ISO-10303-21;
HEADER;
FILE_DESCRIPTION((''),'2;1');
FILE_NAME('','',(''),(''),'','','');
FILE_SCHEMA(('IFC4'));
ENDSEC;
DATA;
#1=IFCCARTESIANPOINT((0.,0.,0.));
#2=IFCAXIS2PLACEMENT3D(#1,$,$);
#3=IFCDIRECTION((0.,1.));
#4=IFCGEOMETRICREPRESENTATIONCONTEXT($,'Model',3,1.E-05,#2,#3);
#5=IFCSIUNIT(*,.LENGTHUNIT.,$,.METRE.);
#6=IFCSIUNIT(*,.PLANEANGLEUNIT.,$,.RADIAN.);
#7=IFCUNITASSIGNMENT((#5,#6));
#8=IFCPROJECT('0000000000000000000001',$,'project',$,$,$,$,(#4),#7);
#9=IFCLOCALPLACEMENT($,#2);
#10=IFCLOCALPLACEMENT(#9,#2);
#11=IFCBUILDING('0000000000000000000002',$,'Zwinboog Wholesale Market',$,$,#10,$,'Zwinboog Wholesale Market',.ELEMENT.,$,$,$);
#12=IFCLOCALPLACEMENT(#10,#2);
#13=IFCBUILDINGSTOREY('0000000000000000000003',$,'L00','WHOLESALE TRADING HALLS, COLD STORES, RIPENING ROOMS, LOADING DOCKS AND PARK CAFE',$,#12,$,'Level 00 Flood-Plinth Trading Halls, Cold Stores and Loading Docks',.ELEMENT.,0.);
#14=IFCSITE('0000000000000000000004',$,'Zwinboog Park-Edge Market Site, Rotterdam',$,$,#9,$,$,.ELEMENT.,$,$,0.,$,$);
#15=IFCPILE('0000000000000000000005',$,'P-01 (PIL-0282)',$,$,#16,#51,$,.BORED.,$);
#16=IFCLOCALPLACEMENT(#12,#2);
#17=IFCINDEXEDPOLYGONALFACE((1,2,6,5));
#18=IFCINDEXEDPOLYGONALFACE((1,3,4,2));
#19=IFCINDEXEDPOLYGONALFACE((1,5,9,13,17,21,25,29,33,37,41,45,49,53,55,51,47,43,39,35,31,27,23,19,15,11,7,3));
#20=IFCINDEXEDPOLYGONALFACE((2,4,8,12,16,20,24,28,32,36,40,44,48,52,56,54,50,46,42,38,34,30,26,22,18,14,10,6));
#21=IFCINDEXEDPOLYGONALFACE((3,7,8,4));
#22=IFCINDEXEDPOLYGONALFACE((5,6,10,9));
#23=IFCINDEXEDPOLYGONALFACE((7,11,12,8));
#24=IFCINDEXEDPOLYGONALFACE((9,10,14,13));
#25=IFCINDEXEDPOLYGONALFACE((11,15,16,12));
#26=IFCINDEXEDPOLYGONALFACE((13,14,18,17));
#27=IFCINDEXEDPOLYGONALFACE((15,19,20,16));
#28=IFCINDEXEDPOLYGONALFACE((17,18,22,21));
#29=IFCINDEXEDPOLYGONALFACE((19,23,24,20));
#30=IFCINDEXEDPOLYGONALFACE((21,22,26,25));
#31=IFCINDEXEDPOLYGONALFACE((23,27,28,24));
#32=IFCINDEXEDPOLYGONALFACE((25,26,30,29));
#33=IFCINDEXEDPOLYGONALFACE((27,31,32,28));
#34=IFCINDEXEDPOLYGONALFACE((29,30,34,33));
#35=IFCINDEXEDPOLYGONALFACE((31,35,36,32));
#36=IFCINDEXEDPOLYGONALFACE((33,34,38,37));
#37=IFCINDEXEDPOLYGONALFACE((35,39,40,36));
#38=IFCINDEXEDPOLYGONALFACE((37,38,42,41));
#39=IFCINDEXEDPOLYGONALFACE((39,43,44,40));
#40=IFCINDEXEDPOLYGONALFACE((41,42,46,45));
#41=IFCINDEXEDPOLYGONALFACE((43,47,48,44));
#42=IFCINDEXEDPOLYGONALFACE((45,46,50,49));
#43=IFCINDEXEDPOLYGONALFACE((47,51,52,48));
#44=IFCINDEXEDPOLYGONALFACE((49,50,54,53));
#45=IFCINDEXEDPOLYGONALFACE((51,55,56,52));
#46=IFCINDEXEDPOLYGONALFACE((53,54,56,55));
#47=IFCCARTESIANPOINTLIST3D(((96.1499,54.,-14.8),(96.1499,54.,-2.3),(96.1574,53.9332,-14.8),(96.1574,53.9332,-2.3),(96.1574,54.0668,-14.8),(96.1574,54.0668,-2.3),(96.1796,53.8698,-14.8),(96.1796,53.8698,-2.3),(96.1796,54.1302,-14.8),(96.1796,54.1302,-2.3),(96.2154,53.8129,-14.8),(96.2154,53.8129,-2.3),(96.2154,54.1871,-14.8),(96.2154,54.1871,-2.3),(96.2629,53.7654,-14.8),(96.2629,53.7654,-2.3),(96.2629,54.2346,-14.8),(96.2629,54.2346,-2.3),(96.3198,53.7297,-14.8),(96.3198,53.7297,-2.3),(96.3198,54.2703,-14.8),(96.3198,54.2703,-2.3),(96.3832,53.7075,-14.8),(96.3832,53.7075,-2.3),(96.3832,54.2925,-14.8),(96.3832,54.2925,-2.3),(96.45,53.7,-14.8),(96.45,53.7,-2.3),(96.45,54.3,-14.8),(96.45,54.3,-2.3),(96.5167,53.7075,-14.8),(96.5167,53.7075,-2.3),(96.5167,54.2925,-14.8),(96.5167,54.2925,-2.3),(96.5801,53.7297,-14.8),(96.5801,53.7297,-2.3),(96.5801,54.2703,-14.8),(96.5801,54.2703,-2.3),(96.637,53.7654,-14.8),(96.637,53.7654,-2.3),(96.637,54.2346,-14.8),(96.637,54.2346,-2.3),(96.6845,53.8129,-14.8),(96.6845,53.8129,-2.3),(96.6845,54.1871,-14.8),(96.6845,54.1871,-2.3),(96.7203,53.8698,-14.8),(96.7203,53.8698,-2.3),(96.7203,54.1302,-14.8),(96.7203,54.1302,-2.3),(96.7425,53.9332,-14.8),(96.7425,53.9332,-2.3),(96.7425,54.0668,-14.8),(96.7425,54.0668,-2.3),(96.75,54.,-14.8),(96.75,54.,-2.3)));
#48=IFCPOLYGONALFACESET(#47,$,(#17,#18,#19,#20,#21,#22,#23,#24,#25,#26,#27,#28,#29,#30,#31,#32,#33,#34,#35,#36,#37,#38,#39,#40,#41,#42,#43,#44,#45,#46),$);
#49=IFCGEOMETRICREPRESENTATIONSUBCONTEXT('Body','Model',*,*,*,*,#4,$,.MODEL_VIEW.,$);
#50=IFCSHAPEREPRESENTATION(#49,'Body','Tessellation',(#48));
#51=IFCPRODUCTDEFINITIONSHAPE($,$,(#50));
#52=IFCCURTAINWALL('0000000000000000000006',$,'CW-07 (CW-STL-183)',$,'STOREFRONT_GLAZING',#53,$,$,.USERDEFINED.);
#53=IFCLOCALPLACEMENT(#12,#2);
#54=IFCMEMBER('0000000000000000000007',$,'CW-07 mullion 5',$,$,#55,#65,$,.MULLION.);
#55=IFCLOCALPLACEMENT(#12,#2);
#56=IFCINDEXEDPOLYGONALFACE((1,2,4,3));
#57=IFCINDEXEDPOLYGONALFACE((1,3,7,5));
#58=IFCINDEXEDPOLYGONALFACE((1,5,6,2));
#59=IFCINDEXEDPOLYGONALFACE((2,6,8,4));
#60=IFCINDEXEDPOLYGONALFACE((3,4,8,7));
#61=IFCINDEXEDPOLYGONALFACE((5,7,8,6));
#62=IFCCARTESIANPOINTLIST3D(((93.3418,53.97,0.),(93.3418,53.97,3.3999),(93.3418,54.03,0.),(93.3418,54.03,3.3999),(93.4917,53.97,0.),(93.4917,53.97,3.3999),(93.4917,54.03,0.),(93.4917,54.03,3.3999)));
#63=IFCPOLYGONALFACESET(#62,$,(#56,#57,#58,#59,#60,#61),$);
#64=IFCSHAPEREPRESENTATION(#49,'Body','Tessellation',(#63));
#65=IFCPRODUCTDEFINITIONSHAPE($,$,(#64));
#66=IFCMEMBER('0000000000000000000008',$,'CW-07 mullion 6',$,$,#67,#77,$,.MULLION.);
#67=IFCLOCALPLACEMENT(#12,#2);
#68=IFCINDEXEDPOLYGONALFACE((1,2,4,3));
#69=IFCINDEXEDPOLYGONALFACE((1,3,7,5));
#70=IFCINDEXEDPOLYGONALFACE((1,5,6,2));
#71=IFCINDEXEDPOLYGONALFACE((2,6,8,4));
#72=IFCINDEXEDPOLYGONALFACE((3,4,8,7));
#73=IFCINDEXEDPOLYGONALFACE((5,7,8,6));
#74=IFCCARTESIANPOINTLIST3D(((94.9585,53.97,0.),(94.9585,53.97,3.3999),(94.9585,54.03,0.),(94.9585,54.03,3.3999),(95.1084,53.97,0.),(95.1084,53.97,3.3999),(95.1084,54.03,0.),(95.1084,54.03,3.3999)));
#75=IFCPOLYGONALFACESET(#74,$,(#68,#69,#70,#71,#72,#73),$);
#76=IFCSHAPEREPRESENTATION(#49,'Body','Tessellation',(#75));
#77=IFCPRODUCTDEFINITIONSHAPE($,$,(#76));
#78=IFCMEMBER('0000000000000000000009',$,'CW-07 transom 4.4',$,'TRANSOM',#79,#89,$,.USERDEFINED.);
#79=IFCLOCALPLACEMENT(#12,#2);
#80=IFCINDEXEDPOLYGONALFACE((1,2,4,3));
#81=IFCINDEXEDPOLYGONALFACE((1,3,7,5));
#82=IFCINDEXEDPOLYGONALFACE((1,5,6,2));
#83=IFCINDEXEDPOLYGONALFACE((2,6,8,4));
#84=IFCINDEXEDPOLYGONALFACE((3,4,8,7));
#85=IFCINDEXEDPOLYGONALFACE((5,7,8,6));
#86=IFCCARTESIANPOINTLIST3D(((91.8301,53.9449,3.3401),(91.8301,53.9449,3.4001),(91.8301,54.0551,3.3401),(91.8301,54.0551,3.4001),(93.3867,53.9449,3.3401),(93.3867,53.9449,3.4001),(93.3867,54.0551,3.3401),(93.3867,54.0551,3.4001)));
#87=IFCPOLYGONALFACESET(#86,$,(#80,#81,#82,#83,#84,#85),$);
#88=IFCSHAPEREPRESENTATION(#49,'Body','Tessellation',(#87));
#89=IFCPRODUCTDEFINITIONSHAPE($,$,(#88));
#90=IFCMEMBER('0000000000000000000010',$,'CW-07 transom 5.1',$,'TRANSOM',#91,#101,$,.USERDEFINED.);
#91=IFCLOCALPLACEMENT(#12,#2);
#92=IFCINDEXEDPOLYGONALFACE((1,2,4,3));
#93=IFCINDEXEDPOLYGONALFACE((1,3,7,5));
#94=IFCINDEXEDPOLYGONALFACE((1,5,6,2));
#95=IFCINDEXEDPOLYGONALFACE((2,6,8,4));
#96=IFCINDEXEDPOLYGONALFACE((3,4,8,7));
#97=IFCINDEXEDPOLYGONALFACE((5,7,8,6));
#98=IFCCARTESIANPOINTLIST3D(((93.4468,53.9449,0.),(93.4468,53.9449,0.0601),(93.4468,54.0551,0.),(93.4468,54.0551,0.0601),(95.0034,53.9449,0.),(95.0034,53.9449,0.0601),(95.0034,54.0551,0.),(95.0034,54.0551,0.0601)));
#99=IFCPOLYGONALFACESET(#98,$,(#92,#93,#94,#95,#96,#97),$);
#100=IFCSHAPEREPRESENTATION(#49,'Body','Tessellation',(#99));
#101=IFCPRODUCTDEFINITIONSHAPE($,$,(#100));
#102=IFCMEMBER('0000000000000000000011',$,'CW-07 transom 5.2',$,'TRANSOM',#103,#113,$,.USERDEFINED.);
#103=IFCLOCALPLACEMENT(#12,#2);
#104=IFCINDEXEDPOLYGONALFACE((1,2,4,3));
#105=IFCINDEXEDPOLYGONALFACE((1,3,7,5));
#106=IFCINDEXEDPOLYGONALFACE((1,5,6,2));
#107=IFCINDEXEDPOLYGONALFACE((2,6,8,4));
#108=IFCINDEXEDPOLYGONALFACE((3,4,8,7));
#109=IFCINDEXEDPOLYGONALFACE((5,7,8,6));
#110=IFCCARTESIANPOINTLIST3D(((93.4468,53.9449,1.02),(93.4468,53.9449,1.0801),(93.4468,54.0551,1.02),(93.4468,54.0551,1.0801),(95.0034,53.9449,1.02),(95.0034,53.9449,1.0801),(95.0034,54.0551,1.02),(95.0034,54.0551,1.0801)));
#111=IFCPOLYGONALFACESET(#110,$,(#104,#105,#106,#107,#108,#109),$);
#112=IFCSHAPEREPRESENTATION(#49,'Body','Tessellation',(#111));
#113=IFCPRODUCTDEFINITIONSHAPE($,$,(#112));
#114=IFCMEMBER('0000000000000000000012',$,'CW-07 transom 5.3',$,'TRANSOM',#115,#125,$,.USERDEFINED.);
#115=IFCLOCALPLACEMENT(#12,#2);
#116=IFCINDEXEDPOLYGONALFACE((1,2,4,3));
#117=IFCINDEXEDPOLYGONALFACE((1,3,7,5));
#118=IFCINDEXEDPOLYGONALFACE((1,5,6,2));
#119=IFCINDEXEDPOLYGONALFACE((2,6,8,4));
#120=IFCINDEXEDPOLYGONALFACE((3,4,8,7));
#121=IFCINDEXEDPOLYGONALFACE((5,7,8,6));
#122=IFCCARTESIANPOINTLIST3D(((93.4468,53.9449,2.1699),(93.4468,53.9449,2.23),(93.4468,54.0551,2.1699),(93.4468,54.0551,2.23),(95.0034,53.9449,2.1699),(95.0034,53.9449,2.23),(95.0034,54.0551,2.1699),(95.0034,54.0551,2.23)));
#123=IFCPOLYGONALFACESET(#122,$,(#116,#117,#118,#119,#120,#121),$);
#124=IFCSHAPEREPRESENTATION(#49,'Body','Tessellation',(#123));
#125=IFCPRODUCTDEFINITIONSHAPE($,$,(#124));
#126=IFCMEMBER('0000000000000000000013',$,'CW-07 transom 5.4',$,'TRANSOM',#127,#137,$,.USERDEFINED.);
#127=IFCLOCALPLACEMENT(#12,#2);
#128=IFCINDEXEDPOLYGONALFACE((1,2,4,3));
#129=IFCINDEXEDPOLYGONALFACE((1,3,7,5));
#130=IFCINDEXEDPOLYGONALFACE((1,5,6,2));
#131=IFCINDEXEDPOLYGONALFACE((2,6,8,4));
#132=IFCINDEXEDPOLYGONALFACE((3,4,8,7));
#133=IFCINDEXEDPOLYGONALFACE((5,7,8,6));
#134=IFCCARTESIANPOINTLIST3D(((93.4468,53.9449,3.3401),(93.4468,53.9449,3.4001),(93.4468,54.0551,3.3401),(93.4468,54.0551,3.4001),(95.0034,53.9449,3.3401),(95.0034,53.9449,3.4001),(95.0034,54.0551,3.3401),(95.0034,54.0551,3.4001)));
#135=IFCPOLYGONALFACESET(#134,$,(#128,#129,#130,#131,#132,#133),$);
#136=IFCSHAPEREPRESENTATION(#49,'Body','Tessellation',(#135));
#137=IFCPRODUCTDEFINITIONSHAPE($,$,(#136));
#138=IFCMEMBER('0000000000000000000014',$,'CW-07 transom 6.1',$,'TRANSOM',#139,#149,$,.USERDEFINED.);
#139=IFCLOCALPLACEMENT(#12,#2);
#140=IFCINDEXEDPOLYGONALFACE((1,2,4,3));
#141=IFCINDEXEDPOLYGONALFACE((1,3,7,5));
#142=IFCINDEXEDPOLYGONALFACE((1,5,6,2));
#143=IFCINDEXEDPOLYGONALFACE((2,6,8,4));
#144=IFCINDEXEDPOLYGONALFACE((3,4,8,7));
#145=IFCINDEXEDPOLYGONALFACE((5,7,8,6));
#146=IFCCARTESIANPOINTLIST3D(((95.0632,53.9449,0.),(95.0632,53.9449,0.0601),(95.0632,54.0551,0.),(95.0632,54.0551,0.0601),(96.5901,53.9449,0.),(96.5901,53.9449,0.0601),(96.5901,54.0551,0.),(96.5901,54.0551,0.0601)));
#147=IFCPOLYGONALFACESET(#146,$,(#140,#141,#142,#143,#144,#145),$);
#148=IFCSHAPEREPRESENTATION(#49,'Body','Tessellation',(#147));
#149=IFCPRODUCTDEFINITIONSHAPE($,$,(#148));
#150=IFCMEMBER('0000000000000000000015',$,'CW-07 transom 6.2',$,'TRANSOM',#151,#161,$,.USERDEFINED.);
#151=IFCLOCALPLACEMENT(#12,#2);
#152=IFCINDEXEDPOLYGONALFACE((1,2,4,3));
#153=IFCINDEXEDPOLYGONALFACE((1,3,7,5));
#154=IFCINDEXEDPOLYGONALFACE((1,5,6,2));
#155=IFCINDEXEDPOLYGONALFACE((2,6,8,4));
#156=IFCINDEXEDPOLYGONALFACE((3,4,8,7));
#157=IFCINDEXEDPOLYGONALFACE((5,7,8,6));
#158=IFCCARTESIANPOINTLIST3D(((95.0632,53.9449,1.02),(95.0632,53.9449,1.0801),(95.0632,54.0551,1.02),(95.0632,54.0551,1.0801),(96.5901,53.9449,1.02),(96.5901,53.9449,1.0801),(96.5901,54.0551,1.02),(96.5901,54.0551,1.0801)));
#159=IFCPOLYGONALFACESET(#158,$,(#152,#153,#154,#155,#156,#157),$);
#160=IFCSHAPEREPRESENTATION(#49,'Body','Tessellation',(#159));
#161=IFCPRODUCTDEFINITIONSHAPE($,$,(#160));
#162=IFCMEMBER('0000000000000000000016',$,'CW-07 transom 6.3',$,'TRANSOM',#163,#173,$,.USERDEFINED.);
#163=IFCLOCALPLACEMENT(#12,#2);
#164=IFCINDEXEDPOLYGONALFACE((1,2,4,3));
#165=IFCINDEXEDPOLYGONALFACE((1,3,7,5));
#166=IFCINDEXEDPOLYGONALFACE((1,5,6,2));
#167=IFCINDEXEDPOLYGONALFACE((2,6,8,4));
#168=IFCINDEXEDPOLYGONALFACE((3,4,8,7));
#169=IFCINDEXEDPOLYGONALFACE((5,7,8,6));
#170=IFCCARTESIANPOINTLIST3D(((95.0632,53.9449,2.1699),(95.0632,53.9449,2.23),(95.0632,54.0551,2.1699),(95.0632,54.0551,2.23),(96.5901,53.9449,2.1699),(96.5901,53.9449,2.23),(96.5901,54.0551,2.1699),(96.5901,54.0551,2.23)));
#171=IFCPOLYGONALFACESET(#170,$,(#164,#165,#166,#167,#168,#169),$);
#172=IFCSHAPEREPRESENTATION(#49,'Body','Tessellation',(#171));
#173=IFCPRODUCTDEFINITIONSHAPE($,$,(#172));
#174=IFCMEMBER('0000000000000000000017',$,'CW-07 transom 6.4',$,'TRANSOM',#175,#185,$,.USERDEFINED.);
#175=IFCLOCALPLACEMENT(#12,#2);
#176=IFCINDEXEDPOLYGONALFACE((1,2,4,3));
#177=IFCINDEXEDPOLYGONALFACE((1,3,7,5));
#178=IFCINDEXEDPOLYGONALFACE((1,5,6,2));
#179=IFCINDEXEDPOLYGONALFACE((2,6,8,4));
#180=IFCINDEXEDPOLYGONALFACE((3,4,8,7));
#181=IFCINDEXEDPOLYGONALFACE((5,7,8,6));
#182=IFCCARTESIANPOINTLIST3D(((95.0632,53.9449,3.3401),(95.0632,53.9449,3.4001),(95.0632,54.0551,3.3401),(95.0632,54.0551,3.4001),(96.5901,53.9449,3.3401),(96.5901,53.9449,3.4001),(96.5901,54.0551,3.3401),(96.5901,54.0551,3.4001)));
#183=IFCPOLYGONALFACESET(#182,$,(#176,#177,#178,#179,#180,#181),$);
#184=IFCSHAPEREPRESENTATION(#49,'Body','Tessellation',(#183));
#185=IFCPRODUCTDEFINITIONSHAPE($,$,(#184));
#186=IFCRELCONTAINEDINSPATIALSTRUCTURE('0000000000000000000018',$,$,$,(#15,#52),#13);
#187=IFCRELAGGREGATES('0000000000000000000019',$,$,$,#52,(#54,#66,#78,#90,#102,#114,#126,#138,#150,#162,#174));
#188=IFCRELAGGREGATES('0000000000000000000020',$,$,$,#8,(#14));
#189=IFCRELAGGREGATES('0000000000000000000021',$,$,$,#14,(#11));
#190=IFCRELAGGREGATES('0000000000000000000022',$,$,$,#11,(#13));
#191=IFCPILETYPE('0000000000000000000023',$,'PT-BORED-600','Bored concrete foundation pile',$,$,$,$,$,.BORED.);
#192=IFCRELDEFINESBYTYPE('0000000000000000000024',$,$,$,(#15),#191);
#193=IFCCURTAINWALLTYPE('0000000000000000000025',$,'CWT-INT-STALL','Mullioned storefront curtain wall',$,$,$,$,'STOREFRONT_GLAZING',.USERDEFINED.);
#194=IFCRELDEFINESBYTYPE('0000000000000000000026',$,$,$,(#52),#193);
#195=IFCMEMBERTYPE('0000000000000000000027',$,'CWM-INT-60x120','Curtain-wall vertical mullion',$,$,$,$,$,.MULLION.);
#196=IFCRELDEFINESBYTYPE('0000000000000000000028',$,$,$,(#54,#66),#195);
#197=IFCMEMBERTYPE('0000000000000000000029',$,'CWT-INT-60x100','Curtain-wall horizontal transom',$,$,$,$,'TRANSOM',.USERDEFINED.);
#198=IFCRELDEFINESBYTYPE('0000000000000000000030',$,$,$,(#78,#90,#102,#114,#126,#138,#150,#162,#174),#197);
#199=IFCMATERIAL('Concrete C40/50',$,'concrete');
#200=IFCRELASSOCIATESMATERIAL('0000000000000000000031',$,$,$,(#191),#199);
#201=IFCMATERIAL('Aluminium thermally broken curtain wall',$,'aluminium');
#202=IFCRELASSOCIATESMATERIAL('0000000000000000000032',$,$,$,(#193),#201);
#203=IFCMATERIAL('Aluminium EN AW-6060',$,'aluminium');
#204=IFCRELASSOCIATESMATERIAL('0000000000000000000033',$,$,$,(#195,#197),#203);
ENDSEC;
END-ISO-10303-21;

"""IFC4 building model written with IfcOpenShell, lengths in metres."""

from ifc_helpers import new_model, si_unit, direction, frame, origin, origin_2d, place, context, subcontext, project, spatial, rectangle, circle, extrude, material, material_profile, profile_set, type_object, element, aggregate, save


model = new_model("IFC4")

# Units and contexts
model_context = context("Model", 3, precision=1e-05, world=origin(), true_north=direction((0.0, 1.0)))
body_context = subcontext(model_context, "Body", "Model", "MODEL_VIEW")
ifc_project = project(units=[si_unit("LENGTHUNIT", "METRE"), si_unit("PLANEANGLEUNIT", "RADIAN")], contexts=[model_context])

# Site, building, storey
site_placement = place(None, origin())
site = spatial("IfcSite", under=ifc_project, at=site_placement, Name="Zwinboog Park-Edge Market Site, Rotterdam", CompositionType="ELEMENT", RefElevation=0.0)
building_placement = place(site_placement, origin())
building = spatial("IfcBuilding", under=site, at=building_placement, Name="Zwinboog Wholesale Market", LongName="Zwinboog Wholesale Market", CompositionType="ELEMENT")
storey_placement = place(building_placement, origin())
storey = spatial("IfcBuildingStorey", under=building, at=storey_placement, Name="L00", Description="WHOLESALE TRADING HALLS, COLD STORES, RIPENING ROOMS, LOADING DOCKS AND PARK CAFE", LongName="Level 00 Flood-Plinth Trading Halls, Cold Stores and Loading Docks", CompositionType="ELEMENT", Elevation=0.0)

# Pile
ifc_material_1 = material(Name="Concrete C40/50", Category="concrete")
ifc_material_profile_1 = material_profile(ifc_material_1, circle(Radius=0.3, at=origin_2d()), Name="PILE D600")
ifc_profile_set_1 = profile_set([ifc_material_profile_1], Name="Concrete C40/50")
pile_type = type_object("IfcPileType", Name="PT-BORED-600", Description="Bored concrete foundation pile", PredefinedType="BORED", material=ifc_profile_set_1)
pile_placement = place(storey_placement, frame((96.45, 54.0, -2.3), z_axis=(0.0, 0.0, -1.0), x_axis=(1.0, 0.0, 0.0)))
element("IfcPile", 1, at=pile_placement, inside=storey, type_object=pile_type, Name="P-01 (PIL-0282)", PredefinedType="BORED", context=body_context, shape_type="SweptSolid", body=[
    extrude(circle(Radius=0.3, at=origin_2d()), origin(), (0.0, 0.0, 1.0), 12.5),
])

# Curtain wall, members
ifc_material_2 = material(Name="Aluminium thermally broken curtain wall", Category="aluminium")
curtain_wall_type = type_object("IfcCurtainWallType", Name="CWT-INT-STALL", Description="Mullioned storefront curtain wall", ElementType="STOREFRONT_GLAZING", PredefinedType="USERDEFINED", material=ifc_material_2)
curtain_wall_placement = place(storey_placement, origin())
curtain_wall = element("IfcCurtainWall", 2, at=curtain_wall_placement, inside=storey, type_object=curtain_wall_type, Name="CW-07 (CW-STL-183)", ObjectType="STOREFRONT_GLAZING", PredefinedType="USERDEFINED")
ifc_material_3 = material(Name="Aluminium EN AW-6060", Category="aluminium")
ifc_material_profile_2 = material_profile(ifc_material_3, rectangle(XDim=0.0601, YDim=0.1499, at=origin_2d()), Name="AL 60x150")
ifc_profile_set_2 = profile_set([ifc_material_profile_2], Name="Aluminium EN AW-6060")
member_type_1 = type_object("IfcMemberType", Name="CWM-INT-60x120", Description="Curtain-wall vertical mullion", PredefinedType="MULLION", material=ifc_profile_set_2)
member_1_placement = place(storey_placement, frame((93.4167, 54.0, 0.0), z_axis=(0.0, 0.0, 1.0), x_axis=(0.0, 1.0, 0.0)))
member_1 = element("IfcMember", 3, at=member_1_placement, type_object=member_type_1, Name="CW-07 mullion 5", PredefinedType="MULLION", context=body_context, shape_type="SweptSolid", body=[
    extrude(rectangle(XDim=0.0601, YDim=0.1499, at=origin_2d()), origin(), (0.0, 0.0, 1.0), 3.3999),
])
member_2_placement = place(storey_placement, frame((95.0334, 54.0, 0.0), z_axis=(0.0, 0.0, 1.0), x_axis=(0.0, 1.0, 0.0)))
member_2 = element("IfcMember", 4, at=member_2_placement, type_object=member_type_1, Name="CW-07 mullion 6", PredefinedType="MULLION", context=body_context, shape_type="SweptSolid", body=[
    extrude(rectangle(XDim=0.0601, YDim=0.1499, at=origin_2d()), origin(), (0.0, 0.0, 1.0), 3.3999),
])
ifc_material_profile_3 = material_profile(ifc_material_3, rectangle(XDim=0.1101, YDim=0.0601, at=origin_2d()), Name="AL 60x110")
ifc_profile_set_3 = profile_set([ifc_material_profile_3], Name="Aluminium EN AW-6060")
member_type_2 = type_object("IfcMemberType", Name="CWT-INT-60x100", Description="Curtain-wall horizontal transom", ElementType="TRANSOM", PredefinedType="USERDEFINED", material=ifc_profile_set_3)
member_3_placement = place(storey_placement, frame((91.8301, 54.0, 3.3701), z_axis=(1.0, 0.0, 0.0), x_axis=(0.0, 1.0, 0.0)))
member_3 = element("IfcMember", 5, at=member_3_placement, type_object=member_type_2, Name="CW-07 transom 4.4", ObjectType="TRANSOM", PredefinedType="USERDEFINED", context=body_context, shape_type="SweptSolid", body=[
    extrude(rectangle(XDim=0.1101, YDim=0.0601, at=origin_2d()), origin(), (0.0, 0.0, 1.0), 1.5566),
])
member_4_placement = place(storey_placement, frame((93.4468, 54.0, 0.03), z_axis=(1.0, 0.0, 0.0), x_axis=(0.0, 1.0, 0.0)))
member_4 = element("IfcMember", 6, at=member_4_placement, type_object=member_type_2, Name="CW-07 transom 5.1", ObjectType="TRANSOM", PredefinedType="USERDEFINED", context=body_context, shape_type="SweptSolid", body=[
    extrude(rectangle(XDim=0.1101, YDim=0.0601, at=origin_2d()), origin(), (0.0, 0.0, 1.0), 1.5566),
])
member_5_placement = place(storey_placement, frame((93.4468, 54.0, 1.05), z_axis=(1.0, 0.0, 0.0), x_axis=(0.0, 1.0, 0.0)))
member_5 = element("IfcMember", 7, at=member_5_placement, type_object=member_type_2, Name="CW-07 transom 5.2", ObjectType="TRANSOM", PredefinedType="USERDEFINED", context=body_context, shape_type="SweptSolid", body=[
    extrude(rectangle(XDim=0.1101, YDim=0.0601, at=origin_2d()), origin(), (0.0, 0.0, 1.0), 1.5566),
])
member_6_placement = place(storey_placement, frame((93.4468, 54.0, 2.2), z_axis=(1.0, 0.0, 0.0), x_axis=(0.0, 1.0, 0.0)))
member_6 = element("IfcMember", 8, at=member_6_placement, type_object=member_type_2, Name="CW-07 transom 5.3", ObjectType="TRANSOM", PredefinedType="USERDEFINED", context=body_context, shape_type="SweptSolid", body=[
    extrude(rectangle(XDim=0.1101, YDim=0.0601, at=origin_2d()), origin(), (0.0, 0.0, 1.0), 1.5566),
])
member_7_placement = place(storey_placement, frame((93.4468, 54.0, 3.3701), z_axis=(1.0, 0.0, 0.0), x_axis=(0.0, 1.0, 0.0)))
member_7 = element("IfcMember", 9, at=member_7_placement, type_object=member_type_2, Name="CW-07 transom 5.4", ObjectType="TRANSOM", PredefinedType="USERDEFINED", context=body_context, shape_type="SweptSolid", body=[
    extrude(rectangle(XDim=0.1101, YDim=0.0601, at=origin_2d()), origin(), (0.0, 0.0, 1.0), 1.5566),
])
member_8_placement = place(storey_placement, frame((95.0632, 54.0, 0.03), z_axis=(1.0, 0.0, 0.0), x_axis=(0.0, 1.0, 0.0)))
member_8 = element("IfcMember", 10, at=member_8_placement, type_object=member_type_2, Name="CW-07 transom 6.1", ObjectType="TRANSOM", PredefinedType="USERDEFINED", context=body_context, shape_type="SweptSolid", body=[
    extrude(rectangle(XDim=0.1101, YDim=0.0601, at=origin_2d()), origin(), (0.0, 0.0, 1.0), 1.5269),
])
member_9_placement = place(storey_placement, frame((95.0632, 54.0, 1.05), z_axis=(1.0, 0.0, 0.0), x_axis=(0.0, 1.0, 0.0)))
member_9 = element("IfcMember", 11, at=member_9_placement, type_object=member_type_2, Name="CW-07 transom 6.2", ObjectType="TRANSOM", PredefinedType="USERDEFINED", context=body_context, shape_type="SweptSolid", body=[
    extrude(rectangle(XDim=0.1101, YDim=0.0601, at=origin_2d()), origin(), (0.0, 0.0, 1.0), 1.5269),
])
member_10_placement = place(storey_placement, frame((95.0632, 54.0, 2.2), z_axis=(1.0, 0.0, 0.0), x_axis=(0.0, 1.0, 0.0)))
member_10 = element("IfcMember", 12, at=member_10_placement, type_object=member_type_2, Name="CW-07 transom 6.3", ObjectType="TRANSOM", PredefinedType="USERDEFINED", context=body_context, shape_type="SweptSolid", body=[
    extrude(rectangle(XDim=0.1101, YDim=0.0601, at=origin_2d()), origin(), (0.0, 0.0, 1.0), 1.5269),
])
member_11_placement = place(storey_placement, frame((95.0632, 54.0, 3.3701), z_axis=(1.0, 0.0, 0.0), x_axis=(0.0, 1.0, 0.0)))
member_11 = element("IfcMember", 13, at=member_11_placement, type_object=member_type_2, Name="CW-07 transom 6.4", ObjectType="TRANSOM", PredefinedType="USERDEFINED", context=body_context, shape_type="SweptSolid", body=[
    extrude(rectangle(XDim=0.1101, YDim=0.0601, at=origin_2d()), origin(), (0.0, 0.0, 1.0), 1.5269),
])
aggregate(curtain_wall, [member_1, member_2, member_3, member_4, member_5, member_6, member_7, member_8, member_9, member_10, member_11])

save(model, "model.ifc")
